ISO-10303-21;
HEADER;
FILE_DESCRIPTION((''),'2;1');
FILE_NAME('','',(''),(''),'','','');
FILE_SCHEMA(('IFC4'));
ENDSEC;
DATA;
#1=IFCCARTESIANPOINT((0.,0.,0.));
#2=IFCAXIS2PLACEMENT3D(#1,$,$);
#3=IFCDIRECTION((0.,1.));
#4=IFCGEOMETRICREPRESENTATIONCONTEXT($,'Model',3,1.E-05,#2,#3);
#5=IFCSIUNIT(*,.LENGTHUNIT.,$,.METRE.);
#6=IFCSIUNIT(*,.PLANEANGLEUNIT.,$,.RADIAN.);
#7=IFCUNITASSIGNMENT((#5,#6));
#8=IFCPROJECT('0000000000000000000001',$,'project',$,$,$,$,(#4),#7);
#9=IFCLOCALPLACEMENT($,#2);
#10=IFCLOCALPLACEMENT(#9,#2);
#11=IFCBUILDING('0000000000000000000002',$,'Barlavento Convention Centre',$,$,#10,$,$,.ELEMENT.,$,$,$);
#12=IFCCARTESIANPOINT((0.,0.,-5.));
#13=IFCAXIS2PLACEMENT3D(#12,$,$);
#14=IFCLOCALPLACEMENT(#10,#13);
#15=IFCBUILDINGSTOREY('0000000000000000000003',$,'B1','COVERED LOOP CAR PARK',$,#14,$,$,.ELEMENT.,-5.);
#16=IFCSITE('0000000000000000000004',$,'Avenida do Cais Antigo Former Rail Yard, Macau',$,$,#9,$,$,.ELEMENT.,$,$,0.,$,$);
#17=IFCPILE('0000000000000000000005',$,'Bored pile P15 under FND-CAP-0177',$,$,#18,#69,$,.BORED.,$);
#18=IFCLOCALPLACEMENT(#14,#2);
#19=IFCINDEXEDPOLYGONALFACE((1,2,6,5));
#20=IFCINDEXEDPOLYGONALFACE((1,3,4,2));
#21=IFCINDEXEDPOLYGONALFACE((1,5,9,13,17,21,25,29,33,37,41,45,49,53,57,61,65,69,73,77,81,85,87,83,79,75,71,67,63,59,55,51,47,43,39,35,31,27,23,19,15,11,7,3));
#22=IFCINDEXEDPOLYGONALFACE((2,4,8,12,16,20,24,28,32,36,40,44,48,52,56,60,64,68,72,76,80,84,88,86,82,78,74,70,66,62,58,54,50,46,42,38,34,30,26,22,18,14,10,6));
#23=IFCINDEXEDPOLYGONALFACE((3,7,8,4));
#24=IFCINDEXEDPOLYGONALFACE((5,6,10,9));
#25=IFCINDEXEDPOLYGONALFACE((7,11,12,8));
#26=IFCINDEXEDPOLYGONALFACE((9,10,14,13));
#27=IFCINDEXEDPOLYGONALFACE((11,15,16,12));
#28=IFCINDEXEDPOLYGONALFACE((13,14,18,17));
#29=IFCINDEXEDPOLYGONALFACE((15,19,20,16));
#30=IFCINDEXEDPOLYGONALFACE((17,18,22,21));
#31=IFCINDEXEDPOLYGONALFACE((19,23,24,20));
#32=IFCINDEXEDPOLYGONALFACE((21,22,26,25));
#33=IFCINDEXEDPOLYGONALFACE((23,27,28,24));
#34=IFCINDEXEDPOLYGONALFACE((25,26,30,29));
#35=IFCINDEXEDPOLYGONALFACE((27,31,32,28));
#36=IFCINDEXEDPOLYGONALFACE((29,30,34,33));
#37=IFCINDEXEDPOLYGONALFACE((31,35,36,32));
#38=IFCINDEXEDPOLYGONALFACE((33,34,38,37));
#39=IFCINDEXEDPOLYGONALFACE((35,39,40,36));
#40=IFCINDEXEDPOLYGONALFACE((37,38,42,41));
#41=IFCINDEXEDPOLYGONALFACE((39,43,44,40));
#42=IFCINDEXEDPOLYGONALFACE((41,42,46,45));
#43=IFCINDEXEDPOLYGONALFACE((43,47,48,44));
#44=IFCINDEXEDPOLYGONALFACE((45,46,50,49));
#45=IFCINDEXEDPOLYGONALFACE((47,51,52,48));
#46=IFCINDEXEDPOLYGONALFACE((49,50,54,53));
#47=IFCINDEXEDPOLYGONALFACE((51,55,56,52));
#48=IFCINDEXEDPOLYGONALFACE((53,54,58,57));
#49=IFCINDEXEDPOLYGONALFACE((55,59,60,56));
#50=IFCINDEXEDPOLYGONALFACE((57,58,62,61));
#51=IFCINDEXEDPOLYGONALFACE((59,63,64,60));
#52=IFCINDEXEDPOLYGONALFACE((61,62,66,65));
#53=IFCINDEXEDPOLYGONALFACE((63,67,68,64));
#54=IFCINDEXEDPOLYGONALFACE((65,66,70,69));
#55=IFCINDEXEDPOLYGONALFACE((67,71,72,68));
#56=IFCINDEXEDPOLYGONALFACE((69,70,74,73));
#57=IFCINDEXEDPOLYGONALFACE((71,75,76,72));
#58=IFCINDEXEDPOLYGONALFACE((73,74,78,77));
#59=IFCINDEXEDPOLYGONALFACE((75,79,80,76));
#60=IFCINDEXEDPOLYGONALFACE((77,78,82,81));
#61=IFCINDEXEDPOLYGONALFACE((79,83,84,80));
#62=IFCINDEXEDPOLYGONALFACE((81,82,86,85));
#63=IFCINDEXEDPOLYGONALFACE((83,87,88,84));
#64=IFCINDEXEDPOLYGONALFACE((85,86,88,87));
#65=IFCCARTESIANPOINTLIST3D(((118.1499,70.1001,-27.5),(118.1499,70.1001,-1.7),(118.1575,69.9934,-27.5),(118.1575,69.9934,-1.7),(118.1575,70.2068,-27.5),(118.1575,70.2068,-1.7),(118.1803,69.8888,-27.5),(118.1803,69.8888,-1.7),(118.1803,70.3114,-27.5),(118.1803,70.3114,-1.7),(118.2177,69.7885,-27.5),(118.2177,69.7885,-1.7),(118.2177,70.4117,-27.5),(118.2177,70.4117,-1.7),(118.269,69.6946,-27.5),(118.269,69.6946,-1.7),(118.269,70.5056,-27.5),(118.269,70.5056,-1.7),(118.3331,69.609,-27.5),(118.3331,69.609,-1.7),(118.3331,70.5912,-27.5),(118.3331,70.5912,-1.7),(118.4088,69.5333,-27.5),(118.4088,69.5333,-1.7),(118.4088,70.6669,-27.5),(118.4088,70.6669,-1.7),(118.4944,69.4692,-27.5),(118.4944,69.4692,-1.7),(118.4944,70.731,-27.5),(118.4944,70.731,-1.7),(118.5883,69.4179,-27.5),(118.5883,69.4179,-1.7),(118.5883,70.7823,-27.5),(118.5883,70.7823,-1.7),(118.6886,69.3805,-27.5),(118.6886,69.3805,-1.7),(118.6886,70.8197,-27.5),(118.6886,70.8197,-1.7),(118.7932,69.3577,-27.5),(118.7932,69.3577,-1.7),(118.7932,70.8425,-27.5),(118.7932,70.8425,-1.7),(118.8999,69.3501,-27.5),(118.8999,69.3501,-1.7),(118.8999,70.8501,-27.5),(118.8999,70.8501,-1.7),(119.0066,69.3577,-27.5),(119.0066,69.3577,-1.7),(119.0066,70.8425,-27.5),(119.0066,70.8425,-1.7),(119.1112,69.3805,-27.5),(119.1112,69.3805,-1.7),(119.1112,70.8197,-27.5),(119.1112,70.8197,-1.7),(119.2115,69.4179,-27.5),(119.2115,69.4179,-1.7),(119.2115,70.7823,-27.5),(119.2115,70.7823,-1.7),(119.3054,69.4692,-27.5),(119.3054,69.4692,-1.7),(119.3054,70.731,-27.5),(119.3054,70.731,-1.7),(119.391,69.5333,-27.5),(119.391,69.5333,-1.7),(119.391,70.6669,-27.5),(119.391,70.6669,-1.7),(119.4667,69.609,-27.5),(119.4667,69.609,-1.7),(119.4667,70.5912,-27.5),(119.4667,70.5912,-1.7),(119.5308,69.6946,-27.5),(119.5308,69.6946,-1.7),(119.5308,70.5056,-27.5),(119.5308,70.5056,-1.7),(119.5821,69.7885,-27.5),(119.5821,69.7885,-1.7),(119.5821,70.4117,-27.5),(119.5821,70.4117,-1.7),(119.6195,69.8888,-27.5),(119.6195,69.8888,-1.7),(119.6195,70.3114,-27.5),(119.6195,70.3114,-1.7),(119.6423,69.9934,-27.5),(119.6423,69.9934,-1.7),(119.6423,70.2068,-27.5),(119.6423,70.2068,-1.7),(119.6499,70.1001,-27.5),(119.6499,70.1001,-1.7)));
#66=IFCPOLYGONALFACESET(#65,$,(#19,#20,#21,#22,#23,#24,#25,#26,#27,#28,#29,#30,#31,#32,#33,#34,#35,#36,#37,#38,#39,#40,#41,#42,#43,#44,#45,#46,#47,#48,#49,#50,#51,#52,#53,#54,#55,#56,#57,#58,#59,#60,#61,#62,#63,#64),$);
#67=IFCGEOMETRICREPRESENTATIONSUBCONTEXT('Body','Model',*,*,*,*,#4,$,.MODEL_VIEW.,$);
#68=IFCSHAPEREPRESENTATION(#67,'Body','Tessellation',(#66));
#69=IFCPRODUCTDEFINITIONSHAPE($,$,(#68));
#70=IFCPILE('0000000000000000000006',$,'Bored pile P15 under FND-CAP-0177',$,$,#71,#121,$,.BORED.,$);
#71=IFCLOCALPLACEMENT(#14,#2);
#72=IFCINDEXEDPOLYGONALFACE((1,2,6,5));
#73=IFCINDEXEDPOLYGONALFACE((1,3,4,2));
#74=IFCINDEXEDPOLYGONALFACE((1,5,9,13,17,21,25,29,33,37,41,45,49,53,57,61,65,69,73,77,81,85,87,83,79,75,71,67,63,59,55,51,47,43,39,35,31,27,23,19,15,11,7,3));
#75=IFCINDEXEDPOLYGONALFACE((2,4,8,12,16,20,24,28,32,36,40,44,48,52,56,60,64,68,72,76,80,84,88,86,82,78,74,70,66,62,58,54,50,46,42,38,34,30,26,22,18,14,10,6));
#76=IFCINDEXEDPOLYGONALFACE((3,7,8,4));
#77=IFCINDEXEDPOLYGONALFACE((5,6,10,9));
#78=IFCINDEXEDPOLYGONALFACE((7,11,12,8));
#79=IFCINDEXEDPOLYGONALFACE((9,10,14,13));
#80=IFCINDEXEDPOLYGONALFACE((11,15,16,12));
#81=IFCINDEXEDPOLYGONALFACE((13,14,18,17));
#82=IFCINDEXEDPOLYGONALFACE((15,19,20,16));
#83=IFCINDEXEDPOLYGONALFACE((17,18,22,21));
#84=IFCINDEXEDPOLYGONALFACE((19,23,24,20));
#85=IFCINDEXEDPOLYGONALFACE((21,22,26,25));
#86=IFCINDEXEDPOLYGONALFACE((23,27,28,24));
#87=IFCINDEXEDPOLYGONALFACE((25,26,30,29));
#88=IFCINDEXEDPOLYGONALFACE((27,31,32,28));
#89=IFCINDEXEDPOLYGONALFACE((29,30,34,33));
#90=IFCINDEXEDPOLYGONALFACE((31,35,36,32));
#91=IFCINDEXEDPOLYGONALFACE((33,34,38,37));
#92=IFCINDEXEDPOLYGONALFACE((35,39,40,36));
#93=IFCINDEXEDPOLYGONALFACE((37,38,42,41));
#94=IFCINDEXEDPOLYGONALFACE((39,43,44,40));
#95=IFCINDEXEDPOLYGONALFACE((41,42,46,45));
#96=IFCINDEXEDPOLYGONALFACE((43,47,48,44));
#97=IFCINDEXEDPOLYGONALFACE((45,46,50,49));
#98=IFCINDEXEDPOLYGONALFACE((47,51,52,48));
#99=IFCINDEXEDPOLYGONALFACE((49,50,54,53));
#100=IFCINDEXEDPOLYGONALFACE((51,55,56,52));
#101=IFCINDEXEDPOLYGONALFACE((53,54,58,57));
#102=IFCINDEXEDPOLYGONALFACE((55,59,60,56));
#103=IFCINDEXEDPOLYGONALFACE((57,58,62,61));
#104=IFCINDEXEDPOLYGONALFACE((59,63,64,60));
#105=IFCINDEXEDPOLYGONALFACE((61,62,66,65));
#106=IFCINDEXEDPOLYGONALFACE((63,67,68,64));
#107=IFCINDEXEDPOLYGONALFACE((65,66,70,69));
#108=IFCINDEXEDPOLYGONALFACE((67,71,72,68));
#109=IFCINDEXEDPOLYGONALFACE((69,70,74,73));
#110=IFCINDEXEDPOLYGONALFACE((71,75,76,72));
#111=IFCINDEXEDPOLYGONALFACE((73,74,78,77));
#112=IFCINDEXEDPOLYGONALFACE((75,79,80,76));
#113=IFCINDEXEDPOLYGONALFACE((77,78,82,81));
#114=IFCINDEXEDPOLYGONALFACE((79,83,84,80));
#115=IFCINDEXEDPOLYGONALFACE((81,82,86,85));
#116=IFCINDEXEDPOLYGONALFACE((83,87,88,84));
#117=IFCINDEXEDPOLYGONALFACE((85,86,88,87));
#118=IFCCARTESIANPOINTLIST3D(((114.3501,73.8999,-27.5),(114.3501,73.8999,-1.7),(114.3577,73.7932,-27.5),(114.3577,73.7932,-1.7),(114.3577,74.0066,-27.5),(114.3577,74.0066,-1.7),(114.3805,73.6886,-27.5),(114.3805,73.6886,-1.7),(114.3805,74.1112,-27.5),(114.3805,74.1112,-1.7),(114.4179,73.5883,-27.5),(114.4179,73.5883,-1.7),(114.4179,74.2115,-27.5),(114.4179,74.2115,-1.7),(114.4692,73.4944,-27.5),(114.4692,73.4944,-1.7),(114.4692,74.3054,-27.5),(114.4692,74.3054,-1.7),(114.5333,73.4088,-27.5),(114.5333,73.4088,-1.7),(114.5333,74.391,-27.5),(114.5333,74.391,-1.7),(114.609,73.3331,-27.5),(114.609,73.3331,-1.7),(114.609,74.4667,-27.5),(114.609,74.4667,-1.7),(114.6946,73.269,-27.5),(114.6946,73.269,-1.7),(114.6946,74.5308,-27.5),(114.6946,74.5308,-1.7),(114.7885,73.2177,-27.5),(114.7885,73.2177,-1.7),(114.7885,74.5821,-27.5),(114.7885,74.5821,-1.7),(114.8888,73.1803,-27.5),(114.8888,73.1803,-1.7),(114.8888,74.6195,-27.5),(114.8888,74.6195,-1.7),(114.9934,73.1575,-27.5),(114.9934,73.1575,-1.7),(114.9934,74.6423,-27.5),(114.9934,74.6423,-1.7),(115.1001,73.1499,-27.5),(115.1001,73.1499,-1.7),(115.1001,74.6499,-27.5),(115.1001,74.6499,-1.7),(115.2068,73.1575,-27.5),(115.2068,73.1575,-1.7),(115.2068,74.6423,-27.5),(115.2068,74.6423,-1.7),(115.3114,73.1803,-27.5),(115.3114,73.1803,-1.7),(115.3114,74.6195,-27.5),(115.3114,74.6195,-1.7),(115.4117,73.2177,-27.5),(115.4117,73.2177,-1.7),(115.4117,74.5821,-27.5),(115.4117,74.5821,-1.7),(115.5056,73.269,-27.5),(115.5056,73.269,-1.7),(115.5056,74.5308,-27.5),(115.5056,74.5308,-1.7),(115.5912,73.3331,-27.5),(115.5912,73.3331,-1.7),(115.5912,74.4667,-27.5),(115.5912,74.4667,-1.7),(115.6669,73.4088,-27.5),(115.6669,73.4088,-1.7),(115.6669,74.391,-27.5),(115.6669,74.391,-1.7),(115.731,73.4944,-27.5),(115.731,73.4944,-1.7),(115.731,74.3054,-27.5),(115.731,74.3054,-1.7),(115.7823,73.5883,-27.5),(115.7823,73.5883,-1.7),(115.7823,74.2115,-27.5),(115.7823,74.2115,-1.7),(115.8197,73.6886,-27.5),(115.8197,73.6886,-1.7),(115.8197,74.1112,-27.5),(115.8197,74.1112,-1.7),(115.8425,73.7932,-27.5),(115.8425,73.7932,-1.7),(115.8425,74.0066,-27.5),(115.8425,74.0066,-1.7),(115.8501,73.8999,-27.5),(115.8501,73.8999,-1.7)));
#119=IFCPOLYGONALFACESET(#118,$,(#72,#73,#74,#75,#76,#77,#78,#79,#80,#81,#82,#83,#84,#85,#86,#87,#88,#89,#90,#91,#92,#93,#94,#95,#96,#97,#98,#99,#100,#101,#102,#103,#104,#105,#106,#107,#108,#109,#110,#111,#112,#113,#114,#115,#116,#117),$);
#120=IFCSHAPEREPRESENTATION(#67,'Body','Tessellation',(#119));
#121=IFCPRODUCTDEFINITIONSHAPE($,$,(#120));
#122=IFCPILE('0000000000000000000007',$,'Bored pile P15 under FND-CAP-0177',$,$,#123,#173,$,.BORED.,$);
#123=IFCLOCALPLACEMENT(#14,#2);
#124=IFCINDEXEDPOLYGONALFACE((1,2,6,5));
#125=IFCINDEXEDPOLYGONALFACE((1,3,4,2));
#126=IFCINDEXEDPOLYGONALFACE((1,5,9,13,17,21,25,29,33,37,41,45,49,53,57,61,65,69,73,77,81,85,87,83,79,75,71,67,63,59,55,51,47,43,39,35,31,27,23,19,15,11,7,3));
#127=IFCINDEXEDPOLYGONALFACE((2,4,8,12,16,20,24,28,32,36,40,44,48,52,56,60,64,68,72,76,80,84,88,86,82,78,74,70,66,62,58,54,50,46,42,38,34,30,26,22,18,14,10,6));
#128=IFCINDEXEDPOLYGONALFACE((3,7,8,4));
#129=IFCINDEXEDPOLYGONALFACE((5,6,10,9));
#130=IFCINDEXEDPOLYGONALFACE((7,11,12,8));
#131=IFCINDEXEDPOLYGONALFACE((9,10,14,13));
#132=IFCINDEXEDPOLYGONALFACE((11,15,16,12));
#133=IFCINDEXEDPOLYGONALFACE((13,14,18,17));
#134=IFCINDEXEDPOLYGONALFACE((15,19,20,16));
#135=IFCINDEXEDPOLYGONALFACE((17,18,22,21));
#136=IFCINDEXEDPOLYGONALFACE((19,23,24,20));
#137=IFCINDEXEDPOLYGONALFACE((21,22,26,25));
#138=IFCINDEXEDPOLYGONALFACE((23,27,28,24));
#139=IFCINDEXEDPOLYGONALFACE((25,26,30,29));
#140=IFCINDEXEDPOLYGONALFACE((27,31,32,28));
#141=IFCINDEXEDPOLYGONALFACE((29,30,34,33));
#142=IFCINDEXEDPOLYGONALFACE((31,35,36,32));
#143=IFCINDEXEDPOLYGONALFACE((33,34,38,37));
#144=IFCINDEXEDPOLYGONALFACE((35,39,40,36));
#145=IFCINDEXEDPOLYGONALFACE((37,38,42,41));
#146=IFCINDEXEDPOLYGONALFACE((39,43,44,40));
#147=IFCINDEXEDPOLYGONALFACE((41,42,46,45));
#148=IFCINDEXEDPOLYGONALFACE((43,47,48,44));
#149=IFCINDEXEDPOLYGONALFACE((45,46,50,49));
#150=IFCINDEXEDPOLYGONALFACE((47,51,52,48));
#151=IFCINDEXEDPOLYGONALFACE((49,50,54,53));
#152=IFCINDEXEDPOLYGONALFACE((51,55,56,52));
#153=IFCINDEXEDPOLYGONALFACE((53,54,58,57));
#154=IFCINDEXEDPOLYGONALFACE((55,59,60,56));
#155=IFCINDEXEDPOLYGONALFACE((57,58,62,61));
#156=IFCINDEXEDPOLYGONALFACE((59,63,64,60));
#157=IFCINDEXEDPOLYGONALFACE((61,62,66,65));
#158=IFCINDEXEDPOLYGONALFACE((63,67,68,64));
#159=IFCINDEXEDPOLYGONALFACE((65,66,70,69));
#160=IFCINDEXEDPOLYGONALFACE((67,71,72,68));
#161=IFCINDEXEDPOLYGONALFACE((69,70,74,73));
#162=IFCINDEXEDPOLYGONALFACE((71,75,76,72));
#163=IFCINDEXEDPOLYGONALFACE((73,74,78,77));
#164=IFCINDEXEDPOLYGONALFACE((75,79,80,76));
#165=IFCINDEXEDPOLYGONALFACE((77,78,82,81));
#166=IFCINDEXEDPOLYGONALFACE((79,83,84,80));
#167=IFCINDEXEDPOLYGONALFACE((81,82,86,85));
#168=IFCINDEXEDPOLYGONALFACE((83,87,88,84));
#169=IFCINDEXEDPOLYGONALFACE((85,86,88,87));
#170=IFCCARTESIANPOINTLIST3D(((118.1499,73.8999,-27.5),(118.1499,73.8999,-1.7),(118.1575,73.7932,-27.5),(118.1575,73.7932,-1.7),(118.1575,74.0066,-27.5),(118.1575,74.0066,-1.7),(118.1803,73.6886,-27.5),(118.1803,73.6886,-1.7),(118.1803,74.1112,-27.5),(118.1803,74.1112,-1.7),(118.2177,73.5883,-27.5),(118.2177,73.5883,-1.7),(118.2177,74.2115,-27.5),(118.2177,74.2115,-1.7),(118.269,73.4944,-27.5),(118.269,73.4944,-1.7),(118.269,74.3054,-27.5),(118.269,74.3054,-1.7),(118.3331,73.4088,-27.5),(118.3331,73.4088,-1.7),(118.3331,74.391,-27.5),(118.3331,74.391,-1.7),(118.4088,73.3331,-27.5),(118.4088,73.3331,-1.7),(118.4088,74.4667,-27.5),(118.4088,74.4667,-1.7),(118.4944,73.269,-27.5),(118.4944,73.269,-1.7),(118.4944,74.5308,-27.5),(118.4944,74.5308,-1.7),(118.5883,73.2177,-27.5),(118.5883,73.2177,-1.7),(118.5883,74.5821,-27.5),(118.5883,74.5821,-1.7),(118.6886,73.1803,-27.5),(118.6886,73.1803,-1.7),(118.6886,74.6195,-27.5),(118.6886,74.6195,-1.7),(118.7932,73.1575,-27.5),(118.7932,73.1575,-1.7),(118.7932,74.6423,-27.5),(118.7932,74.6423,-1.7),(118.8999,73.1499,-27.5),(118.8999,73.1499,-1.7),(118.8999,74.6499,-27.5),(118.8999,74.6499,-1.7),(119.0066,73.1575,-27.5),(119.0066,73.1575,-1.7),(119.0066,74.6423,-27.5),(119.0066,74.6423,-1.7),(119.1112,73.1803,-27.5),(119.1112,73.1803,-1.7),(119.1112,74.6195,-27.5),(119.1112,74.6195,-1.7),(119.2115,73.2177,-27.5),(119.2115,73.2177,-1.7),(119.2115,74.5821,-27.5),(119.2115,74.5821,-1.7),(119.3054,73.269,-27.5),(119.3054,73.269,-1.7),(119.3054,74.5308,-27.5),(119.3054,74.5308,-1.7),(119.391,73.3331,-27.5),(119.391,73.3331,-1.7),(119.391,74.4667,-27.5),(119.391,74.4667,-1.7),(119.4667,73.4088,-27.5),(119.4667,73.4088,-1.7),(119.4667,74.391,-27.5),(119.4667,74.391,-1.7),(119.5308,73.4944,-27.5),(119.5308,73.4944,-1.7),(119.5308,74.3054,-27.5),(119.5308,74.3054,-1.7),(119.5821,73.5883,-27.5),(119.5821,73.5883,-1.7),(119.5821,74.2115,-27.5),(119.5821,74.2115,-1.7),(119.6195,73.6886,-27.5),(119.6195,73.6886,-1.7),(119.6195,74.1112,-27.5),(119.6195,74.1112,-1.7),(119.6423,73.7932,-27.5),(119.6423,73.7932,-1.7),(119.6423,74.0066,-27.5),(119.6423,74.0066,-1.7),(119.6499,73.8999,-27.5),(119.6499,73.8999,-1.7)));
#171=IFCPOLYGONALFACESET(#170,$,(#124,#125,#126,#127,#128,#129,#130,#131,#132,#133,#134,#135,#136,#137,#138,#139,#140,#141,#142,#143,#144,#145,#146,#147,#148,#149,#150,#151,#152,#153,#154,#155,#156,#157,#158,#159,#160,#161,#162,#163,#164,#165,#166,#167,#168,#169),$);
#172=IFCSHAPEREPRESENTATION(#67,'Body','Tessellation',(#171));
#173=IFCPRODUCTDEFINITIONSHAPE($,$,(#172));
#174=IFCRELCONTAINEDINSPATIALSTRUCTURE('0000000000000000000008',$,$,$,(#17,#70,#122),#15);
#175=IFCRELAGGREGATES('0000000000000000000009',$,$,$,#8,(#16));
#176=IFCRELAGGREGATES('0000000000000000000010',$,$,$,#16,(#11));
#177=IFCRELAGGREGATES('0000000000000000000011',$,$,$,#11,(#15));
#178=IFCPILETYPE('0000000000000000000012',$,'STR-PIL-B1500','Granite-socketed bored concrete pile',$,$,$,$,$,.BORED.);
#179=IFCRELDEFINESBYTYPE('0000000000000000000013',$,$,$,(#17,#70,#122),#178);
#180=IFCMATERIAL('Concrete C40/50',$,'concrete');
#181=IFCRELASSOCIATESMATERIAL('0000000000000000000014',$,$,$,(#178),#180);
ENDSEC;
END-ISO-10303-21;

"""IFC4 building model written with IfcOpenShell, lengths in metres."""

from ifc_helpers import new_model, si_unit, direction, frame, origin, origin_2d, place, context, subcontext, project, spatial, circle, extrude, material, material_profile, profile_set, type_object, element, save


model = new_model("IFC4")

# Units and contexts
model_context = context("Model", 3, precision=1e-05, world=origin(), true_north=direction((0.0, 1.0)))
body_context = subcontext(model_context, "Body", "Model", "MODEL_VIEW")
ifc_project = project(units=[si_unit("LENGTHUNIT", "METRE"), si_unit("PLANEANGLEUNIT", "RADIAN")], contexts=[model_context])

# Site, building, storey
site_placement = place(None, origin())
site = spatial("IfcSite", under=ifc_project, at=site_placement, Name="Avenida do Cais Antigo Former Rail Yard, Macau", CompositionType="ELEMENT", RefElevation=0.0)
building_placement = place(site_placement, origin())
building = spatial("IfcBuilding", under=site, at=building_placement, Name="Barlavento Convention Centre", CompositionType="ELEMENT")
storey_placement = place(building_placement, frame((0.0, 0.0, -5.0)))
storey = spatial("IfcBuildingStorey", under=building, at=storey_placement, Name="B1", Description="COVERED LOOP CAR PARK", CompositionType="ELEMENT", Elevation=-5.0)

# Shared definitions
ifc_material_1 = material(Name="Concrete C40/50", Category="concrete")

# Piles
ifc_material_profile_1 = material_profile(ifc_material_1, circle(Radius=0.75, at=origin_2d()), Name="BORED PILE 1500")
ifc_profile_set_1 = profile_set([ifc_material_profile_1], Name="Concrete C40/50")
pile_type_1 = type_object("IfcPileType", Name="STR-PIL-B1500", Description="Granite-socketed bored concrete pile", PredefinedType="BORED", material=ifc_profile_set_1)
for number, where, z_axis, x_axis, name in (
    (1, (118.8999, 70.1001, -1.7), (0.0, 0.0, -1.0), (1.0, 0.0, 0.0), "Bored pile P15 under FND-CAP-0177"),
    (2, (115.1001, 73.8999, -1.7), (0.0, 0.0, -1.0), (1.0, 0.0, 0.0), "Bored pile P15 under FND-CAP-0177"),
    (3, (118.8999, 73.8999, -1.7), (0.0, 0.0, -1.0), (1.0, 0.0, 0.0), "Bored pile P15 under FND-CAP-0177"),
):
    element("IfcPile", number, at=place(storey_placement, frame(where, z_axis=z_axis, x_axis=x_axis)), inside=storey, type_object=pile_type_1, Name=name, PredefinedType="BORED", context=body_context, shape_type="SweptSolid", body=[
        extrude(circle(Radius=0.75, at=origin_2d()), origin(), (0.0, 0.0, 1.0), 25.8),
    ])

save(model, "model.ifc")
